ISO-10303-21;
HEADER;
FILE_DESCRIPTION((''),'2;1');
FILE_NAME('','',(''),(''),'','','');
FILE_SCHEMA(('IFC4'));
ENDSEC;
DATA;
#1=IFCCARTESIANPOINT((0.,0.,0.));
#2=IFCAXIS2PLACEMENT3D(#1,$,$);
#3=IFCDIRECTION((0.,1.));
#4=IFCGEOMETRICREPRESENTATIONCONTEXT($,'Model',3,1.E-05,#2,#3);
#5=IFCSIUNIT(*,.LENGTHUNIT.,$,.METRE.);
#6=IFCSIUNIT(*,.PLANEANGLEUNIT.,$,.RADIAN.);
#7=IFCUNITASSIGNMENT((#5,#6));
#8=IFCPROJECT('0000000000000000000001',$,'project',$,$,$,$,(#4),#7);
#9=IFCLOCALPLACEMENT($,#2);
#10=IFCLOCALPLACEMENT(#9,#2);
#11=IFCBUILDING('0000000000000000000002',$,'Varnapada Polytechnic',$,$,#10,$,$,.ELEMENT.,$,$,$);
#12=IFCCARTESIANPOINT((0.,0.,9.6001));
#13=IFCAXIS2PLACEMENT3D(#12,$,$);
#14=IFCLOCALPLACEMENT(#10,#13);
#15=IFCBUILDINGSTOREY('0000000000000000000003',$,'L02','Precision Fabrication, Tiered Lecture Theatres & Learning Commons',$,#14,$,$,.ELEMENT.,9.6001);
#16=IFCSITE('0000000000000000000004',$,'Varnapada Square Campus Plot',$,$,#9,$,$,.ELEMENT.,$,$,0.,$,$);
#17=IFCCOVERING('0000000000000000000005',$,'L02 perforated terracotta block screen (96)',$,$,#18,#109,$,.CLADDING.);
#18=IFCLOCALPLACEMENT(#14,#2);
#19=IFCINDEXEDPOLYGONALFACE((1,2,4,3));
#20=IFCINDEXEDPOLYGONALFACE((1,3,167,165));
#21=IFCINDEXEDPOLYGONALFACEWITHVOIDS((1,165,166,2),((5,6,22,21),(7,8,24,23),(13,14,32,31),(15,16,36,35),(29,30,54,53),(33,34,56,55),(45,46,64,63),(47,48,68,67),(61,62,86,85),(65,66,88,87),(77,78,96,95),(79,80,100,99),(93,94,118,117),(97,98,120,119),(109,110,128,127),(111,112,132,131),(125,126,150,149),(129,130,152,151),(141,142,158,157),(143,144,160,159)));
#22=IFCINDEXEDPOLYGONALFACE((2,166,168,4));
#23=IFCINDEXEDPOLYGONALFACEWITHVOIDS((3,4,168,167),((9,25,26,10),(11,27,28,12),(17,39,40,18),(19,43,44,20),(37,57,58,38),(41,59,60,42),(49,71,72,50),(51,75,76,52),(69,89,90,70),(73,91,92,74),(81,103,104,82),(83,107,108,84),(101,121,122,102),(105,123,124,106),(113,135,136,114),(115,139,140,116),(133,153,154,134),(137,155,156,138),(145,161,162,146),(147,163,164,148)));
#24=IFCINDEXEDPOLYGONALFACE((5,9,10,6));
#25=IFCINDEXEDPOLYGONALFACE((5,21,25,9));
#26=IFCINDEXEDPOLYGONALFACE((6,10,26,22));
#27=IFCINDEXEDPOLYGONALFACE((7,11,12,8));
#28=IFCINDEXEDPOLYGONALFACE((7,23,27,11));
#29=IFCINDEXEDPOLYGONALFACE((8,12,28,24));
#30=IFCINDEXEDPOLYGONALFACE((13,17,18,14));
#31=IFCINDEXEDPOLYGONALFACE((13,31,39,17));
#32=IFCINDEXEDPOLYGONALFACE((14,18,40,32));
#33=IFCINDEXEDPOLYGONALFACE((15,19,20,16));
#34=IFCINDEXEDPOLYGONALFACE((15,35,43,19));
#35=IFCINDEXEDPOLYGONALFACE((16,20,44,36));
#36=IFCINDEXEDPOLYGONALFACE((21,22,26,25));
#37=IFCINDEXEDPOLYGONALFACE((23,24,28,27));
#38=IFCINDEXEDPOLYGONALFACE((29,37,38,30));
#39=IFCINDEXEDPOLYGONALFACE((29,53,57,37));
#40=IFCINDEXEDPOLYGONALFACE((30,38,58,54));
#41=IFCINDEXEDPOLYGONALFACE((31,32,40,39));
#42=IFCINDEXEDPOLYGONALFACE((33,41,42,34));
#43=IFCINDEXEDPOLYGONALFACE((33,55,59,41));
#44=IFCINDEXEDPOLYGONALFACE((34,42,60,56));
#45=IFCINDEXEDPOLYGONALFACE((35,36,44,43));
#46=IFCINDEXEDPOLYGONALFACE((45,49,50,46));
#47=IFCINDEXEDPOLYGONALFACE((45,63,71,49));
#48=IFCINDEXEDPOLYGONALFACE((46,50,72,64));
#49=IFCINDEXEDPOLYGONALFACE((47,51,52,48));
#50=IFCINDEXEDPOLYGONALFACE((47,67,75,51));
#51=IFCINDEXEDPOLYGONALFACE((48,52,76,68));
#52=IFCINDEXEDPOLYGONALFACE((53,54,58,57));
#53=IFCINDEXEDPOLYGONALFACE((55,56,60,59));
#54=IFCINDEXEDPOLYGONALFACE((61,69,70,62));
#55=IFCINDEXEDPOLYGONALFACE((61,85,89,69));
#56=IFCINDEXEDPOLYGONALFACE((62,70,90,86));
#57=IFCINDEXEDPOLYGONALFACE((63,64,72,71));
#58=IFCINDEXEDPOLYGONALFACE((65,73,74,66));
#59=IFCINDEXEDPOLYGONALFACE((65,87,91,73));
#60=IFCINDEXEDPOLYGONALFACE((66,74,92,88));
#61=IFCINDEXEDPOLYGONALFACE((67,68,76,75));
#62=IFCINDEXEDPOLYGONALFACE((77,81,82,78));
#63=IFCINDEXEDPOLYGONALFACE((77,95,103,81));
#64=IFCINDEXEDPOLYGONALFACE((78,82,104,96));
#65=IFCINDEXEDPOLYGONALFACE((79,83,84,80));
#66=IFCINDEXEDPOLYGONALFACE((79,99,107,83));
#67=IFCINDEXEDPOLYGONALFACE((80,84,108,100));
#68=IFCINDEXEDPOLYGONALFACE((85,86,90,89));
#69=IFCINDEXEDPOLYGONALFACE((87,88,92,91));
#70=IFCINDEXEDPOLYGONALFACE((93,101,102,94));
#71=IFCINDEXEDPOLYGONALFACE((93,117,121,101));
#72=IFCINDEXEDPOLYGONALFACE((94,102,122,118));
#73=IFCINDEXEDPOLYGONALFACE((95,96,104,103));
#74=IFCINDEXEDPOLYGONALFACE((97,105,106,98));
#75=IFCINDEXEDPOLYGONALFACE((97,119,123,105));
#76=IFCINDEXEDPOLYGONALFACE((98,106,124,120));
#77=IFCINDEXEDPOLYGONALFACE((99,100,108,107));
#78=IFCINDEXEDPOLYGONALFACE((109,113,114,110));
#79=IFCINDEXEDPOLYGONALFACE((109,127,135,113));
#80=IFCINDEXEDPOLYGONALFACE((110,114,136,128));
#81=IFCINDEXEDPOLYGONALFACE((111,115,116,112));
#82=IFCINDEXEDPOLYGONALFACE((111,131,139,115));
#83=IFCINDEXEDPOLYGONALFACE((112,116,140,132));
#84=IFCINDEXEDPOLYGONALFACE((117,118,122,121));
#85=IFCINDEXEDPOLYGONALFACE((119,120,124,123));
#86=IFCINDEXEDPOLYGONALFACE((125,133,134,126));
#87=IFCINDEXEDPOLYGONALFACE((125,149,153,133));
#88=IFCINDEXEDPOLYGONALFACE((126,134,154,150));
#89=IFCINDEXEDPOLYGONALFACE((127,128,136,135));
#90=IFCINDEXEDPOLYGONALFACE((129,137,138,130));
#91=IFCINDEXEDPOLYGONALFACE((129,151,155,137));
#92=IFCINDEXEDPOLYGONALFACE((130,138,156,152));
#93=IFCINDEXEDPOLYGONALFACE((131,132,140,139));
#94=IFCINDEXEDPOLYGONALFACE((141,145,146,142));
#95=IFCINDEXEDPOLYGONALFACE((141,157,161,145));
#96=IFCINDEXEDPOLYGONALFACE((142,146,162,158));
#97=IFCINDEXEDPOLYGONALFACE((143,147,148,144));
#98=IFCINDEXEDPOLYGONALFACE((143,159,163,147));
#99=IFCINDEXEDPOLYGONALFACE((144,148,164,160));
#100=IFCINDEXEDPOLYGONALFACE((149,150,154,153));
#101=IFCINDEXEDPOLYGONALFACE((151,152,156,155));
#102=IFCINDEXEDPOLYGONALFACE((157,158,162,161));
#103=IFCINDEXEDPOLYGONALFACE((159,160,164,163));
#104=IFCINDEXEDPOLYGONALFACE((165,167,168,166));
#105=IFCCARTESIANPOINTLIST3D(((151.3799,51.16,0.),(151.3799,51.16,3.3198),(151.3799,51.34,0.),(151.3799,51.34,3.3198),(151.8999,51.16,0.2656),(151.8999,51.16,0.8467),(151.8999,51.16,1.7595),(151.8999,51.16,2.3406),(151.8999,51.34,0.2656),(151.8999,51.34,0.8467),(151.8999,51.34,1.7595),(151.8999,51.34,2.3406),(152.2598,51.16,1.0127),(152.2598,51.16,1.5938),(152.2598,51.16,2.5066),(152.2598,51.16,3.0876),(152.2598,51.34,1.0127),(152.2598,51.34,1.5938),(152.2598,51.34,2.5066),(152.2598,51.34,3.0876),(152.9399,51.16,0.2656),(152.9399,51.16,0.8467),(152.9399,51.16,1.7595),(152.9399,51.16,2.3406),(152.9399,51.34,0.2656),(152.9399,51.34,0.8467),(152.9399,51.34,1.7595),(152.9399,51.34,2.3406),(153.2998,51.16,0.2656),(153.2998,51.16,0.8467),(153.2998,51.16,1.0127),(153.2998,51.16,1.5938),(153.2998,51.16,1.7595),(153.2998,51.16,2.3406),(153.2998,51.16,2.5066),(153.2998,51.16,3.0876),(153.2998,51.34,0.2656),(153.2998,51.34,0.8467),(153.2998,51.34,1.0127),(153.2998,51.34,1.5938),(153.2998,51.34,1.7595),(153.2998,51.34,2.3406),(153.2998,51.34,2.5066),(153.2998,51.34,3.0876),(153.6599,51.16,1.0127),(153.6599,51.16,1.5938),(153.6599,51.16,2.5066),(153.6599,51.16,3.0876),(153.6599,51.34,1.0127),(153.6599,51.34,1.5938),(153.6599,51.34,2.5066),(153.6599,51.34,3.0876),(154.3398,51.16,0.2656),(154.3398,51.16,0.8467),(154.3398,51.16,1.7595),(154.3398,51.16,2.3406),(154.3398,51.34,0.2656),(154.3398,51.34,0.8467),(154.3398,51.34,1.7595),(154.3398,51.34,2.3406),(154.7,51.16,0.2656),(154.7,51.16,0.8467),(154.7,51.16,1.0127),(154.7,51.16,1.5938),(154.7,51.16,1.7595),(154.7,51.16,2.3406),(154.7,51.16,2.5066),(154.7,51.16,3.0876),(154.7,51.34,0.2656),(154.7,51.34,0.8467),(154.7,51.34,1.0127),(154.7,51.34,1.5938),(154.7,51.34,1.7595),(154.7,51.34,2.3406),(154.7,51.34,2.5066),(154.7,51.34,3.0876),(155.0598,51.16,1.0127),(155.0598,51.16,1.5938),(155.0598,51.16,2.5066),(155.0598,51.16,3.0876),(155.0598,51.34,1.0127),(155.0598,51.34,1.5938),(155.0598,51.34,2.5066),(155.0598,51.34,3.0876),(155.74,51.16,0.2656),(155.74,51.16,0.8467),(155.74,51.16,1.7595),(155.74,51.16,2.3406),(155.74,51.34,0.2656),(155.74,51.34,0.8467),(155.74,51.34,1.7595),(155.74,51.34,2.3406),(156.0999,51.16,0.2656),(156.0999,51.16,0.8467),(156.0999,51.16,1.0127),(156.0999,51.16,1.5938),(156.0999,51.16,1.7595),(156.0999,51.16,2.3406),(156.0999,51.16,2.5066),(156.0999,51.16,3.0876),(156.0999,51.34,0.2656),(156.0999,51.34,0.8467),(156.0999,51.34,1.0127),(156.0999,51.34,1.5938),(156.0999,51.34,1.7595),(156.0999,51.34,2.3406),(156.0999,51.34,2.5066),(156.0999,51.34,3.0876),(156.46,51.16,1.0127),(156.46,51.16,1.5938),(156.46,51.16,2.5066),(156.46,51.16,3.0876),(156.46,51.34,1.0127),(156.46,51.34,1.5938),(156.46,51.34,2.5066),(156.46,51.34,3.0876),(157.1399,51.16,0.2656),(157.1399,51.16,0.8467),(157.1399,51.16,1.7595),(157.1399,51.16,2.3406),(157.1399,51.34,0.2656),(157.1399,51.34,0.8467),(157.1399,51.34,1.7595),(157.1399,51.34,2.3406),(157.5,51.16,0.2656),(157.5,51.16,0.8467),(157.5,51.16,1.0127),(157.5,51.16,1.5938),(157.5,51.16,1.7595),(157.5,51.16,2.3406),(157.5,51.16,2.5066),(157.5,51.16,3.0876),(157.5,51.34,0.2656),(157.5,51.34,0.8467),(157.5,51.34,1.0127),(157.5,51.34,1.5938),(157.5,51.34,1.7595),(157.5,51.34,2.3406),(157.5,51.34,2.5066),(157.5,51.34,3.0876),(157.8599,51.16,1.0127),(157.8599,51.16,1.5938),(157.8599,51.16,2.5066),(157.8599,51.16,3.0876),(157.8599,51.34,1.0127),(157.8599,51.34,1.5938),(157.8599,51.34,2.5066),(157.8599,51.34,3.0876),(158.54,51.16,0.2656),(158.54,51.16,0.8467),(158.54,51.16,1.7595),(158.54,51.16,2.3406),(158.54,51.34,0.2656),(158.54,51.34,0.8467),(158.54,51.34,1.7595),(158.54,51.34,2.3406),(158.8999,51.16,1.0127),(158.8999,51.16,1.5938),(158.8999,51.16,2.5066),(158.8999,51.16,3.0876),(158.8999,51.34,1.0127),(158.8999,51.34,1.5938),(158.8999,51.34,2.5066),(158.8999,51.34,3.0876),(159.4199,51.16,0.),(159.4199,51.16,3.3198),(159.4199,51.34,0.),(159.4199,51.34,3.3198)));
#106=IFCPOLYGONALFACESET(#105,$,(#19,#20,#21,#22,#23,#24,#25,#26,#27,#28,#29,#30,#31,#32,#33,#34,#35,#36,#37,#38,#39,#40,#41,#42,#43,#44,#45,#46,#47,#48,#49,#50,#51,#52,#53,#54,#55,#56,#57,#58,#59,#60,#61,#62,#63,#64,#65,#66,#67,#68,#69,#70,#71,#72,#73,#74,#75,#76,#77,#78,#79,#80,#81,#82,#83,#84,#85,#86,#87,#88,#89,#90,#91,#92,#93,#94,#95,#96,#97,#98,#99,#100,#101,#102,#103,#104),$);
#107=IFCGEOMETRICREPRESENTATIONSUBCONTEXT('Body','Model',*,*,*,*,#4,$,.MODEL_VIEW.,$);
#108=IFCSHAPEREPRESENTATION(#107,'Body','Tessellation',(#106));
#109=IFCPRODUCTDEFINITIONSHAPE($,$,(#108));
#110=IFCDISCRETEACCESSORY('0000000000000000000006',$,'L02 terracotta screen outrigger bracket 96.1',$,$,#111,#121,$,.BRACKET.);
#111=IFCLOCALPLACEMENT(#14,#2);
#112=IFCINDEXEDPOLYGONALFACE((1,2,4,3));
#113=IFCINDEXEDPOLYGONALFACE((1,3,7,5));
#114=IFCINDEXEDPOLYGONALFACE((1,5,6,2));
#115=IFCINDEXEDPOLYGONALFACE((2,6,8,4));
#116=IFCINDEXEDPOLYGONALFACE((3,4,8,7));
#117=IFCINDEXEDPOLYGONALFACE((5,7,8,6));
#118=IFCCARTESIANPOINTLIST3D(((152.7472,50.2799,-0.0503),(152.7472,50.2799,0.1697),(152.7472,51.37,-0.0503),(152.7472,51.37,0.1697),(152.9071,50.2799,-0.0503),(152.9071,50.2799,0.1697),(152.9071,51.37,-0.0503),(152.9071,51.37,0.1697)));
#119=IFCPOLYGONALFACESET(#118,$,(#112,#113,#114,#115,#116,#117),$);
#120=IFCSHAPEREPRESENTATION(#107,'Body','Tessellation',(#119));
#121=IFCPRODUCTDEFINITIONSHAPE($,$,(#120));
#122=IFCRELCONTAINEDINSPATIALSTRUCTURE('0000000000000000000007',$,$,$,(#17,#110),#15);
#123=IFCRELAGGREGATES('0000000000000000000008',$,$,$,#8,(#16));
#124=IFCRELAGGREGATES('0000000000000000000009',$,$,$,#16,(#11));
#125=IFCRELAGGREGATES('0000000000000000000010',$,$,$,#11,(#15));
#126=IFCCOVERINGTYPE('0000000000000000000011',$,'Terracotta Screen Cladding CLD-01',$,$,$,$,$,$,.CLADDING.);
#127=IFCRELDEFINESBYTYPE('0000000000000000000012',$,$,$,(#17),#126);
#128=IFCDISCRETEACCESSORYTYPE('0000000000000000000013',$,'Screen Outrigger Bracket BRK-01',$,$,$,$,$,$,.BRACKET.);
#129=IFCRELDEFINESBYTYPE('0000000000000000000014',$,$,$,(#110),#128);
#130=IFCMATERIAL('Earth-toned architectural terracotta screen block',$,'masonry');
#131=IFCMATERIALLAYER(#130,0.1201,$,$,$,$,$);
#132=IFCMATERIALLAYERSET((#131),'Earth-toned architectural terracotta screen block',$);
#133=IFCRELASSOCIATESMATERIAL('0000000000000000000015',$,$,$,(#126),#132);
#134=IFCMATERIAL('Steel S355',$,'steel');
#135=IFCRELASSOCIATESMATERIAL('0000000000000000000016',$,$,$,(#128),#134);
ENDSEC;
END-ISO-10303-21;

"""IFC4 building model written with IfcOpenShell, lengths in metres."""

from ifc_helpers import new_model, si_unit, direction, frame, frame_2d, origin, origin_2d, place, context, subcontext, project, spatial, rectangle, extrude, material, layer, layer_set, type_object, element, save


model = new_model("IFC4")

# Units and contexts
model_context = context("Model", 3, precision=1e-05, world=origin(), true_north=direction((0.0, 1.0)))
body_context = subcontext(model_context, "Body", "Model", "MODEL_VIEW")
ifc_project = project(units=[si_unit("LENGTHUNIT", "METRE"), si_unit("PLANEANGLEUNIT", "RADIAN")], contexts=[model_context])

# Site, building, storey
site_placement = place(None, origin())
site = spatial("IfcSite", under=ifc_project, at=site_placement, Name="Varnapada Square Campus Plot", CompositionType="ELEMENT", RefElevation=0.0)
building_placement = place(site_placement, origin())
building = spatial("IfcBuilding", under=site, at=building_placement, Name="Varnapada Polytechnic", CompositionType="ELEMENT")
storey_placement = place(building_placement, frame((0.0, 0.0, 9.6001)))
storey = spatial("IfcBuildingStorey", under=building, at=storey_placement, Name="L02", Description="Precision Fabrication, Tiered Lecture Theatres & Learning Commons", CompositionType="ELEMENT", Elevation=9.6001)

# Covering, openings
ifc_material_1 = material(Name="Earth-toned architectural terracotta screen block", Category="masonry")
ifc_layer_1 = layer(ifc_material_1, 0.1201)
ifc_layer_set_1 = layer_set([ifc_layer_1], Name="Earth-toned architectural terracotta screen block")
covering_type = type_object("IfcCoveringType", Name="Terracotta Screen Cladding CLD-01", PredefinedType="CLADDING", material=ifc_layer_set_1)
covering_placement = place(storey_placement, frame((151.3799, 51.25, 0.0), z_axis=(0.0, 0.0, 1.0), x_axis=(1.0, 0.0, 0.0)))
covering = element("IfcCovering", 1, at=covering_placement, inside=storey, type_object=covering_type, Name="L02 perforated terracotta block screen (96)", PredefinedType="CLADDING", context=body_context, shape_type="SweptSolid", body=[
    extrude(rectangle(XDim=8.04, YDim=0.1799, at=frame_2d((4.02, 0.0))), origin(), (0.0, 0.0, 1.0), 3.3198),
])
opening_1_placement = place(covering_placement, frame((0.52, 0.0, 0.2656)))
element("IfcOpeningElement", 2, at=opening_1_placement, cuts=covering, PredefinedType="OPENING", context=body_context, shape_type="SweptSolid", body=[
    extrude(rectangle(XDim=1.04, YDim=0.5811, at=frame_2d((0.52, 0.2905))), frame((0.0, 0.0999, 0.0), z_axis=(0.0, -1.0, 0.0), x_axis=(1.0, 0.0, 0.0)), (0.0, 0.0, 1.0), 0.2),
])
opening_2_placement = place(covering_placement, frame((1.9199, 0.0, 0.2656)))
element("IfcOpeningElement", 3, at=opening_2_placement, cuts=covering, PredefinedType="OPENING", context=body_context, shape_type="SweptSolid", body=[
    extrude(rectangle(XDim=1.04, YDim=0.5811, at=frame_2d((0.52, 0.2905))), frame((0.0, 0.0999, 0.0), z_axis=(0.0, -1.0, 0.0), x_axis=(1.0, 0.0, 0.0)), (0.0, 0.0, 1.0), 0.2),
])
opening_3_placement = place(covering_placement, frame((3.3201, 0.0, 0.2656)))
element("IfcOpeningElement", 4, at=opening_3_placement, cuts=covering, PredefinedType="OPENING", context=body_context, shape_type="SweptSolid", body=[
    extrude(rectangle(XDim=1.04, YDim=0.5811, at=frame_2d((0.52, 0.2905))), frame((0.0, 0.0999, 0.0), z_axis=(0.0, -1.0, 0.0), x_axis=(1.0, 0.0, 0.0)), (0.0, 0.0, 1.0), 0.2),
])
opening_4_placement = place(covering_placement, frame((4.72, 0.0, 0.2656)))
element("IfcOpeningElement", 5, at=opening_4_placement, cuts=covering, PredefinedType="OPENING", context=body_context, shape_type="SweptSolid", body=[
    extrude(rectangle(XDim=1.04, YDim=0.5811, at=frame_2d((0.52, 0.2905))), frame((0.0, 0.0999, 0.0), z_axis=(0.0, -1.0, 0.0), x_axis=(1.0, 0.0, 0.0)), (0.0, 0.0, 1.0), 0.2),
])
opening_5_placement = place(covering_placement, frame((6.1201, 0.0, 0.2656)))
element("IfcOpeningElement", 6, at=opening_5_placement, cuts=covering, PredefinedType="OPENING", context=body_context, shape_type="SweptSolid", body=[
    extrude(rectangle(XDim=1.04, YDim=0.5811, at=frame_2d((0.52, 0.2905))), frame((0.0, 0.0999, 0.0), z_axis=(0.0, -1.0, 0.0), x_axis=(1.0, 0.0, 0.0)), (0.0, 0.0, 1.0), 0.2),
])
opening_6_placement = place(covering_placement, frame((0.8799, 0.0, 1.0127)))
element("IfcOpeningElement", 7, at=opening_6_placement, cuts=covering, PredefinedType="OPENING", context=body_context, shape_type="SweptSolid", body=[
    extrude(rectangle(XDim=1.04, YDim=0.5811, at=frame_2d((0.52, 0.2905))), frame((0.0, 0.0999, 0.0), z_axis=(0.0, -1.0, 0.0), x_axis=(1.0, 0.0, 0.0)), (0.0, 0.0, 1.0), 0.2),
])
opening_7_placement = place(covering_placement, frame((2.28, 0.0, 1.0127)))
element("IfcOpeningElement", 8, at=opening_7_placement, cuts=covering, PredefinedType="OPENING", context=body_context, shape_type="SweptSolid", body=[
    extrude(rectangle(XDim=1.04, YDim=0.5811, at=frame_2d((0.52, 0.2905))), frame((0.0, 0.0999, 0.0), z_axis=(0.0, -1.0, 0.0), x_axis=(1.0, 0.0, 0.0)), (0.0, 0.0, 1.0), 0.2),
])
opening_8_placement = place(covering_placement, frame((3.6799, 0.0, 1.0127)))
element("IfcOpeningElement", 9, at=opening_8_placement, cuts=covering, PredefinedType="OPENING", context=body_context, shape_type="SweptSolid", body=[
    extrude(rectangle(XDim=1.04, YDim=0.5811, at=frame_2d((0.52, 0.2905))), frame((0.0, 0.0999, 0.0), z_axis=(0.0, -1.0, 0.0), x_axis=(1.0, 0.0, 0.0)), (0.0, 0.0, 1.0), 0.2),
])
opening_9_placement = place(covering_placement, frame((5.0801, 0.0, 1.0127)))
element("IfcOpeningElement", 10, at=opening_9_placement, cuts=covering, PredefinedType="OPENING", context=body_context, shape_type="SweptSolid", body=[
    extrude(rectangle(XDim=1.04, YDim=0.5811, at=frame_2d((0.52, 0.2905))), frame((0.0, 0.0999, 0.0), z_axis=(0.0, -1.0, 0.0), x_axis=(1.0, 0.0, 0.0)), (0.0, 0.0, 1.0), 0.2),
])
opening_10_placement = place(covering_placement, frame((6.48, 0.0, 1.0127)))
element("IfcOpeningElement", 11, at=opening_10_placement, cuts=covering, PredefinedType="OPENING", context=body_context, shape_type="SweptSolid", body=[
    extrude(rectangle(XDim=1.04, YDim=0.5811, at=frame_2d((0.52, 0.2905))), frame((0.0, 0.0999, 0.0), z_axis=(0.0, -1.0, 0.0), x_axis=(1.0, 0.0, 0.0)), (0.0, 0.0, 1.0), 0.2),
])
opening_11_placement = place(covering_placement, frame((0.52, 0.0, 1.7595)))
element("IfcOpeningElement", 12, at=opening_11_placement, cuts=covering, PredefinedType="OPENING", context=body_context, shape_type="SweptSolid", body=[
    extrude(rectangle(XDim=1.04, YDim=0.5811, at=frame_2d((0.52, 0.2905))), frame((0.0, 0.0999, 0.0), z_axis=(0.0, -1.0, 0.0), x_axis=(1.0, 0.0, 0.0)), (0.0, 0.0, 1.0), 0.2),
])
opening_12_placement = place(covering_placement, frame((1.9199, 0.0, 1.7595)))
element("IfcOpeningElement", 13, at=opening_12_placement, cuts=covering, PredefinedType="OPENING", context=body_context, shape_type="SweptSolid", body=[
    extrude(rectangle(XDim=1.04, YDim=0.5811, at=frame_2d((0.52, 0.2905))), frame((0.0, 0.0999, 0.0), z_axis=(0.0, -1.0, 0.0), x_axis=(1.0, 0.0, 0.0)), (0.0, 0.0, 1.0), 0.2),
])
opening_13_placement = place(covering_placement, frame((3.3201, 0.0, 1.7595)))
element("IfcOpeningElement", 14, at=opening_13_placement, cuts=covering, PredefinedType="OPENING", context=body_context, shape_type="SweptSolid", body=[
    extrude(rectangle(XDim=1.04, YDim=0.5811, at=frame_2d((0.52, 0.2905))), frame((0.0, 0.0999, 0.0), z_axis=(0.0, -1.0, 0.0), x_axis=(1.0, 0.0, 0.0)), (0.0, 0.0, 1.0), 0.2),
])
opening_14_placement = place(covering_placement, frame((4.72, 0.0, 1.7595)))
element("IfcOpeningElement", 15, at=opening_14_placement, cuts=covering, PredefinedType="OPENING", context=body_context, shape_type="SweptSolid", body=[
    extrude(rectangle(XDim=1.04, YDim=0.5811, at=frame_2d((0.52, 0.2905))), frame((0.0, 0.0999, 0.0), z_axis=(0.0, -1.0, 0.0), x_axis=(1.0, 0.0, 0.0)), (0.0, 0.0, 1.0), 0.2),
])
opening_15_placement = place(covering_placement, frame((6.1201, 0.0, 1.7595)))
element("IfcOpeningElement", 16, at=opening_15_placement, cuts=covering, PredefinedType="OPENING", context=body_context, shape_type="SweptSolid", body=[
    extrude(rectangle(XDim=1.04, YDim=0.5811, at=frame_2d((0.52, 0.2905))), frame((0.0, 0.0999, 0.0), z_axis=(0.0, -1.0, 0.0), x_axis=(1.0, 0.0, 0.0)), (0.0, 0.0, 1.0), 0.2),
])
opening_16_placement = place(covering_placement, frame((0.8799, 0.0, 2.5066)))
element("IfcOpeningElement", 17, at=opening_16_placement, cuts=covering, PredefinedType="OPENING", context=body_context, shape_type="SweptSolid", body=[
    extrude(rectangle(XDim=1.04, YDim=0.5811, at=frame_2d((0.52, 0.2905))), frame((0.0, 0.0999, 0.0), z_axis=(0.0, -1.0, 0.0), x_axis=(1.0, 0.0, 0.0)), (0.0, 0.0, 1.0), 0.2),
])
opening_17_placement = place(covering_placement, frame((2.28, 0.0, 2.5066)))
element("IfcOpeningElement", 18, at=opening_17_placement, cuts=covering, PredefinedType="OPENING", context=body_context, shape_type="SweptSolid", body=[
    extrude(rectangle(XDim=1.04, YDim=0.5811, at=frame_2d((0.52, 0.2905))), frame((0.0, 0.0999, 0.0), z_axis=(0.0, -1.0, 0.0), x_axis=(1.0, 0.0, 0.0)), (0.0, 0.0, 1.0), 0.2),
])
opening_18_placement = place(covering_placement, frame((3.6799, 0.0, 2.5066)))
element("IfcOpeningElement", 19, at=opening_18_placement, cuts=covering, PredefinedType="OPENING", context=body_context, shape_type="SweptSolid", body=[
    extrude(rectangle(XDim=1.04, YDim=0.5811, at=frame_2d((0.52, 0.2905))), frame((0.0, 0.0999, 0.0), z_axis=(0.0, -1.0, 0.0), x_axis=(1.0, 0.0, 0.0)), (0.0, 0.0, 1.0), 0.2),
])
opening_19_placement = place(covering_placement, frame((5.0801, 0.0, 2.5066)))
element("IfcOpeningElement", 20, at=opening_19_placement, cuts=covering, PredefinedType="OPENING", context=body_context, shape_type="SweptSolid", body=[
    extrude(rectangle(XDim=1.04, YDim=0.5811, at=frame_2d((0.52, 0.2905))), frame((0.0, 0.0999, 0.0), z_axis=(0.0, -1.0, 0.0), x_axis=(1.0, 0.0, 0.0)), (0.0, 0.0, 1.0), 0.2),
])
opening_20_placement = place(covering_placement, frame((6.48, 0.0, 2.5066)))
element("IfcOpeningElement", 21, at=opening_20_placement, cuts=covering, PredefinedType="OPENING", context=body_context, shape_type="SweptSolid", body=[
    extrude(rectangle(XDim=1.04, YDim=0.5811, at=frame_2d((0.52, 0.2905))), frame((0.0, 0.0999, 0.0), z_axis=(0.0, -1.0, 0.0), x_axis=(1.0, 0.0, 0.0)), (0.0, 0.0, 1.0), 0.2),
])

# Discrete accessory
ifc_material_2 = material(Name="Steel S355", Category="steel")
discrete_accessory_type = type_object("IfcDiscreteAccessoryType", Name="Screen Outrigger Bracket BRK-01", PredefinedType="BRACKET", material=ifc_material_2)
for number, where, z_axis, x_axis, name in (
    (22, (152.8271, 50.825, -0.0503), (0.0, 0.0, 1.0), (1.0, 0.0, 0.0), "L02 terracotta screen outrigger bracket 96.1"),
):
    element("IfcDiscreteAccessory", number, at=place(storey_placement, frame(where, z_axis=z_axis, x_axis=x_axis)), inside=storey, type_object=discrete_accessory_type, Name=name, PredefinedType="BRACKET", context=body_context, shape_type="SweptSolid", body=[
        extrude(rectangle(XDim=0.1599, YDim=1.0901, at=origin_2d()), origin(), (0.0, 0.0, 1.0), 0.22),
    ])

save(model, "model.ifc")
